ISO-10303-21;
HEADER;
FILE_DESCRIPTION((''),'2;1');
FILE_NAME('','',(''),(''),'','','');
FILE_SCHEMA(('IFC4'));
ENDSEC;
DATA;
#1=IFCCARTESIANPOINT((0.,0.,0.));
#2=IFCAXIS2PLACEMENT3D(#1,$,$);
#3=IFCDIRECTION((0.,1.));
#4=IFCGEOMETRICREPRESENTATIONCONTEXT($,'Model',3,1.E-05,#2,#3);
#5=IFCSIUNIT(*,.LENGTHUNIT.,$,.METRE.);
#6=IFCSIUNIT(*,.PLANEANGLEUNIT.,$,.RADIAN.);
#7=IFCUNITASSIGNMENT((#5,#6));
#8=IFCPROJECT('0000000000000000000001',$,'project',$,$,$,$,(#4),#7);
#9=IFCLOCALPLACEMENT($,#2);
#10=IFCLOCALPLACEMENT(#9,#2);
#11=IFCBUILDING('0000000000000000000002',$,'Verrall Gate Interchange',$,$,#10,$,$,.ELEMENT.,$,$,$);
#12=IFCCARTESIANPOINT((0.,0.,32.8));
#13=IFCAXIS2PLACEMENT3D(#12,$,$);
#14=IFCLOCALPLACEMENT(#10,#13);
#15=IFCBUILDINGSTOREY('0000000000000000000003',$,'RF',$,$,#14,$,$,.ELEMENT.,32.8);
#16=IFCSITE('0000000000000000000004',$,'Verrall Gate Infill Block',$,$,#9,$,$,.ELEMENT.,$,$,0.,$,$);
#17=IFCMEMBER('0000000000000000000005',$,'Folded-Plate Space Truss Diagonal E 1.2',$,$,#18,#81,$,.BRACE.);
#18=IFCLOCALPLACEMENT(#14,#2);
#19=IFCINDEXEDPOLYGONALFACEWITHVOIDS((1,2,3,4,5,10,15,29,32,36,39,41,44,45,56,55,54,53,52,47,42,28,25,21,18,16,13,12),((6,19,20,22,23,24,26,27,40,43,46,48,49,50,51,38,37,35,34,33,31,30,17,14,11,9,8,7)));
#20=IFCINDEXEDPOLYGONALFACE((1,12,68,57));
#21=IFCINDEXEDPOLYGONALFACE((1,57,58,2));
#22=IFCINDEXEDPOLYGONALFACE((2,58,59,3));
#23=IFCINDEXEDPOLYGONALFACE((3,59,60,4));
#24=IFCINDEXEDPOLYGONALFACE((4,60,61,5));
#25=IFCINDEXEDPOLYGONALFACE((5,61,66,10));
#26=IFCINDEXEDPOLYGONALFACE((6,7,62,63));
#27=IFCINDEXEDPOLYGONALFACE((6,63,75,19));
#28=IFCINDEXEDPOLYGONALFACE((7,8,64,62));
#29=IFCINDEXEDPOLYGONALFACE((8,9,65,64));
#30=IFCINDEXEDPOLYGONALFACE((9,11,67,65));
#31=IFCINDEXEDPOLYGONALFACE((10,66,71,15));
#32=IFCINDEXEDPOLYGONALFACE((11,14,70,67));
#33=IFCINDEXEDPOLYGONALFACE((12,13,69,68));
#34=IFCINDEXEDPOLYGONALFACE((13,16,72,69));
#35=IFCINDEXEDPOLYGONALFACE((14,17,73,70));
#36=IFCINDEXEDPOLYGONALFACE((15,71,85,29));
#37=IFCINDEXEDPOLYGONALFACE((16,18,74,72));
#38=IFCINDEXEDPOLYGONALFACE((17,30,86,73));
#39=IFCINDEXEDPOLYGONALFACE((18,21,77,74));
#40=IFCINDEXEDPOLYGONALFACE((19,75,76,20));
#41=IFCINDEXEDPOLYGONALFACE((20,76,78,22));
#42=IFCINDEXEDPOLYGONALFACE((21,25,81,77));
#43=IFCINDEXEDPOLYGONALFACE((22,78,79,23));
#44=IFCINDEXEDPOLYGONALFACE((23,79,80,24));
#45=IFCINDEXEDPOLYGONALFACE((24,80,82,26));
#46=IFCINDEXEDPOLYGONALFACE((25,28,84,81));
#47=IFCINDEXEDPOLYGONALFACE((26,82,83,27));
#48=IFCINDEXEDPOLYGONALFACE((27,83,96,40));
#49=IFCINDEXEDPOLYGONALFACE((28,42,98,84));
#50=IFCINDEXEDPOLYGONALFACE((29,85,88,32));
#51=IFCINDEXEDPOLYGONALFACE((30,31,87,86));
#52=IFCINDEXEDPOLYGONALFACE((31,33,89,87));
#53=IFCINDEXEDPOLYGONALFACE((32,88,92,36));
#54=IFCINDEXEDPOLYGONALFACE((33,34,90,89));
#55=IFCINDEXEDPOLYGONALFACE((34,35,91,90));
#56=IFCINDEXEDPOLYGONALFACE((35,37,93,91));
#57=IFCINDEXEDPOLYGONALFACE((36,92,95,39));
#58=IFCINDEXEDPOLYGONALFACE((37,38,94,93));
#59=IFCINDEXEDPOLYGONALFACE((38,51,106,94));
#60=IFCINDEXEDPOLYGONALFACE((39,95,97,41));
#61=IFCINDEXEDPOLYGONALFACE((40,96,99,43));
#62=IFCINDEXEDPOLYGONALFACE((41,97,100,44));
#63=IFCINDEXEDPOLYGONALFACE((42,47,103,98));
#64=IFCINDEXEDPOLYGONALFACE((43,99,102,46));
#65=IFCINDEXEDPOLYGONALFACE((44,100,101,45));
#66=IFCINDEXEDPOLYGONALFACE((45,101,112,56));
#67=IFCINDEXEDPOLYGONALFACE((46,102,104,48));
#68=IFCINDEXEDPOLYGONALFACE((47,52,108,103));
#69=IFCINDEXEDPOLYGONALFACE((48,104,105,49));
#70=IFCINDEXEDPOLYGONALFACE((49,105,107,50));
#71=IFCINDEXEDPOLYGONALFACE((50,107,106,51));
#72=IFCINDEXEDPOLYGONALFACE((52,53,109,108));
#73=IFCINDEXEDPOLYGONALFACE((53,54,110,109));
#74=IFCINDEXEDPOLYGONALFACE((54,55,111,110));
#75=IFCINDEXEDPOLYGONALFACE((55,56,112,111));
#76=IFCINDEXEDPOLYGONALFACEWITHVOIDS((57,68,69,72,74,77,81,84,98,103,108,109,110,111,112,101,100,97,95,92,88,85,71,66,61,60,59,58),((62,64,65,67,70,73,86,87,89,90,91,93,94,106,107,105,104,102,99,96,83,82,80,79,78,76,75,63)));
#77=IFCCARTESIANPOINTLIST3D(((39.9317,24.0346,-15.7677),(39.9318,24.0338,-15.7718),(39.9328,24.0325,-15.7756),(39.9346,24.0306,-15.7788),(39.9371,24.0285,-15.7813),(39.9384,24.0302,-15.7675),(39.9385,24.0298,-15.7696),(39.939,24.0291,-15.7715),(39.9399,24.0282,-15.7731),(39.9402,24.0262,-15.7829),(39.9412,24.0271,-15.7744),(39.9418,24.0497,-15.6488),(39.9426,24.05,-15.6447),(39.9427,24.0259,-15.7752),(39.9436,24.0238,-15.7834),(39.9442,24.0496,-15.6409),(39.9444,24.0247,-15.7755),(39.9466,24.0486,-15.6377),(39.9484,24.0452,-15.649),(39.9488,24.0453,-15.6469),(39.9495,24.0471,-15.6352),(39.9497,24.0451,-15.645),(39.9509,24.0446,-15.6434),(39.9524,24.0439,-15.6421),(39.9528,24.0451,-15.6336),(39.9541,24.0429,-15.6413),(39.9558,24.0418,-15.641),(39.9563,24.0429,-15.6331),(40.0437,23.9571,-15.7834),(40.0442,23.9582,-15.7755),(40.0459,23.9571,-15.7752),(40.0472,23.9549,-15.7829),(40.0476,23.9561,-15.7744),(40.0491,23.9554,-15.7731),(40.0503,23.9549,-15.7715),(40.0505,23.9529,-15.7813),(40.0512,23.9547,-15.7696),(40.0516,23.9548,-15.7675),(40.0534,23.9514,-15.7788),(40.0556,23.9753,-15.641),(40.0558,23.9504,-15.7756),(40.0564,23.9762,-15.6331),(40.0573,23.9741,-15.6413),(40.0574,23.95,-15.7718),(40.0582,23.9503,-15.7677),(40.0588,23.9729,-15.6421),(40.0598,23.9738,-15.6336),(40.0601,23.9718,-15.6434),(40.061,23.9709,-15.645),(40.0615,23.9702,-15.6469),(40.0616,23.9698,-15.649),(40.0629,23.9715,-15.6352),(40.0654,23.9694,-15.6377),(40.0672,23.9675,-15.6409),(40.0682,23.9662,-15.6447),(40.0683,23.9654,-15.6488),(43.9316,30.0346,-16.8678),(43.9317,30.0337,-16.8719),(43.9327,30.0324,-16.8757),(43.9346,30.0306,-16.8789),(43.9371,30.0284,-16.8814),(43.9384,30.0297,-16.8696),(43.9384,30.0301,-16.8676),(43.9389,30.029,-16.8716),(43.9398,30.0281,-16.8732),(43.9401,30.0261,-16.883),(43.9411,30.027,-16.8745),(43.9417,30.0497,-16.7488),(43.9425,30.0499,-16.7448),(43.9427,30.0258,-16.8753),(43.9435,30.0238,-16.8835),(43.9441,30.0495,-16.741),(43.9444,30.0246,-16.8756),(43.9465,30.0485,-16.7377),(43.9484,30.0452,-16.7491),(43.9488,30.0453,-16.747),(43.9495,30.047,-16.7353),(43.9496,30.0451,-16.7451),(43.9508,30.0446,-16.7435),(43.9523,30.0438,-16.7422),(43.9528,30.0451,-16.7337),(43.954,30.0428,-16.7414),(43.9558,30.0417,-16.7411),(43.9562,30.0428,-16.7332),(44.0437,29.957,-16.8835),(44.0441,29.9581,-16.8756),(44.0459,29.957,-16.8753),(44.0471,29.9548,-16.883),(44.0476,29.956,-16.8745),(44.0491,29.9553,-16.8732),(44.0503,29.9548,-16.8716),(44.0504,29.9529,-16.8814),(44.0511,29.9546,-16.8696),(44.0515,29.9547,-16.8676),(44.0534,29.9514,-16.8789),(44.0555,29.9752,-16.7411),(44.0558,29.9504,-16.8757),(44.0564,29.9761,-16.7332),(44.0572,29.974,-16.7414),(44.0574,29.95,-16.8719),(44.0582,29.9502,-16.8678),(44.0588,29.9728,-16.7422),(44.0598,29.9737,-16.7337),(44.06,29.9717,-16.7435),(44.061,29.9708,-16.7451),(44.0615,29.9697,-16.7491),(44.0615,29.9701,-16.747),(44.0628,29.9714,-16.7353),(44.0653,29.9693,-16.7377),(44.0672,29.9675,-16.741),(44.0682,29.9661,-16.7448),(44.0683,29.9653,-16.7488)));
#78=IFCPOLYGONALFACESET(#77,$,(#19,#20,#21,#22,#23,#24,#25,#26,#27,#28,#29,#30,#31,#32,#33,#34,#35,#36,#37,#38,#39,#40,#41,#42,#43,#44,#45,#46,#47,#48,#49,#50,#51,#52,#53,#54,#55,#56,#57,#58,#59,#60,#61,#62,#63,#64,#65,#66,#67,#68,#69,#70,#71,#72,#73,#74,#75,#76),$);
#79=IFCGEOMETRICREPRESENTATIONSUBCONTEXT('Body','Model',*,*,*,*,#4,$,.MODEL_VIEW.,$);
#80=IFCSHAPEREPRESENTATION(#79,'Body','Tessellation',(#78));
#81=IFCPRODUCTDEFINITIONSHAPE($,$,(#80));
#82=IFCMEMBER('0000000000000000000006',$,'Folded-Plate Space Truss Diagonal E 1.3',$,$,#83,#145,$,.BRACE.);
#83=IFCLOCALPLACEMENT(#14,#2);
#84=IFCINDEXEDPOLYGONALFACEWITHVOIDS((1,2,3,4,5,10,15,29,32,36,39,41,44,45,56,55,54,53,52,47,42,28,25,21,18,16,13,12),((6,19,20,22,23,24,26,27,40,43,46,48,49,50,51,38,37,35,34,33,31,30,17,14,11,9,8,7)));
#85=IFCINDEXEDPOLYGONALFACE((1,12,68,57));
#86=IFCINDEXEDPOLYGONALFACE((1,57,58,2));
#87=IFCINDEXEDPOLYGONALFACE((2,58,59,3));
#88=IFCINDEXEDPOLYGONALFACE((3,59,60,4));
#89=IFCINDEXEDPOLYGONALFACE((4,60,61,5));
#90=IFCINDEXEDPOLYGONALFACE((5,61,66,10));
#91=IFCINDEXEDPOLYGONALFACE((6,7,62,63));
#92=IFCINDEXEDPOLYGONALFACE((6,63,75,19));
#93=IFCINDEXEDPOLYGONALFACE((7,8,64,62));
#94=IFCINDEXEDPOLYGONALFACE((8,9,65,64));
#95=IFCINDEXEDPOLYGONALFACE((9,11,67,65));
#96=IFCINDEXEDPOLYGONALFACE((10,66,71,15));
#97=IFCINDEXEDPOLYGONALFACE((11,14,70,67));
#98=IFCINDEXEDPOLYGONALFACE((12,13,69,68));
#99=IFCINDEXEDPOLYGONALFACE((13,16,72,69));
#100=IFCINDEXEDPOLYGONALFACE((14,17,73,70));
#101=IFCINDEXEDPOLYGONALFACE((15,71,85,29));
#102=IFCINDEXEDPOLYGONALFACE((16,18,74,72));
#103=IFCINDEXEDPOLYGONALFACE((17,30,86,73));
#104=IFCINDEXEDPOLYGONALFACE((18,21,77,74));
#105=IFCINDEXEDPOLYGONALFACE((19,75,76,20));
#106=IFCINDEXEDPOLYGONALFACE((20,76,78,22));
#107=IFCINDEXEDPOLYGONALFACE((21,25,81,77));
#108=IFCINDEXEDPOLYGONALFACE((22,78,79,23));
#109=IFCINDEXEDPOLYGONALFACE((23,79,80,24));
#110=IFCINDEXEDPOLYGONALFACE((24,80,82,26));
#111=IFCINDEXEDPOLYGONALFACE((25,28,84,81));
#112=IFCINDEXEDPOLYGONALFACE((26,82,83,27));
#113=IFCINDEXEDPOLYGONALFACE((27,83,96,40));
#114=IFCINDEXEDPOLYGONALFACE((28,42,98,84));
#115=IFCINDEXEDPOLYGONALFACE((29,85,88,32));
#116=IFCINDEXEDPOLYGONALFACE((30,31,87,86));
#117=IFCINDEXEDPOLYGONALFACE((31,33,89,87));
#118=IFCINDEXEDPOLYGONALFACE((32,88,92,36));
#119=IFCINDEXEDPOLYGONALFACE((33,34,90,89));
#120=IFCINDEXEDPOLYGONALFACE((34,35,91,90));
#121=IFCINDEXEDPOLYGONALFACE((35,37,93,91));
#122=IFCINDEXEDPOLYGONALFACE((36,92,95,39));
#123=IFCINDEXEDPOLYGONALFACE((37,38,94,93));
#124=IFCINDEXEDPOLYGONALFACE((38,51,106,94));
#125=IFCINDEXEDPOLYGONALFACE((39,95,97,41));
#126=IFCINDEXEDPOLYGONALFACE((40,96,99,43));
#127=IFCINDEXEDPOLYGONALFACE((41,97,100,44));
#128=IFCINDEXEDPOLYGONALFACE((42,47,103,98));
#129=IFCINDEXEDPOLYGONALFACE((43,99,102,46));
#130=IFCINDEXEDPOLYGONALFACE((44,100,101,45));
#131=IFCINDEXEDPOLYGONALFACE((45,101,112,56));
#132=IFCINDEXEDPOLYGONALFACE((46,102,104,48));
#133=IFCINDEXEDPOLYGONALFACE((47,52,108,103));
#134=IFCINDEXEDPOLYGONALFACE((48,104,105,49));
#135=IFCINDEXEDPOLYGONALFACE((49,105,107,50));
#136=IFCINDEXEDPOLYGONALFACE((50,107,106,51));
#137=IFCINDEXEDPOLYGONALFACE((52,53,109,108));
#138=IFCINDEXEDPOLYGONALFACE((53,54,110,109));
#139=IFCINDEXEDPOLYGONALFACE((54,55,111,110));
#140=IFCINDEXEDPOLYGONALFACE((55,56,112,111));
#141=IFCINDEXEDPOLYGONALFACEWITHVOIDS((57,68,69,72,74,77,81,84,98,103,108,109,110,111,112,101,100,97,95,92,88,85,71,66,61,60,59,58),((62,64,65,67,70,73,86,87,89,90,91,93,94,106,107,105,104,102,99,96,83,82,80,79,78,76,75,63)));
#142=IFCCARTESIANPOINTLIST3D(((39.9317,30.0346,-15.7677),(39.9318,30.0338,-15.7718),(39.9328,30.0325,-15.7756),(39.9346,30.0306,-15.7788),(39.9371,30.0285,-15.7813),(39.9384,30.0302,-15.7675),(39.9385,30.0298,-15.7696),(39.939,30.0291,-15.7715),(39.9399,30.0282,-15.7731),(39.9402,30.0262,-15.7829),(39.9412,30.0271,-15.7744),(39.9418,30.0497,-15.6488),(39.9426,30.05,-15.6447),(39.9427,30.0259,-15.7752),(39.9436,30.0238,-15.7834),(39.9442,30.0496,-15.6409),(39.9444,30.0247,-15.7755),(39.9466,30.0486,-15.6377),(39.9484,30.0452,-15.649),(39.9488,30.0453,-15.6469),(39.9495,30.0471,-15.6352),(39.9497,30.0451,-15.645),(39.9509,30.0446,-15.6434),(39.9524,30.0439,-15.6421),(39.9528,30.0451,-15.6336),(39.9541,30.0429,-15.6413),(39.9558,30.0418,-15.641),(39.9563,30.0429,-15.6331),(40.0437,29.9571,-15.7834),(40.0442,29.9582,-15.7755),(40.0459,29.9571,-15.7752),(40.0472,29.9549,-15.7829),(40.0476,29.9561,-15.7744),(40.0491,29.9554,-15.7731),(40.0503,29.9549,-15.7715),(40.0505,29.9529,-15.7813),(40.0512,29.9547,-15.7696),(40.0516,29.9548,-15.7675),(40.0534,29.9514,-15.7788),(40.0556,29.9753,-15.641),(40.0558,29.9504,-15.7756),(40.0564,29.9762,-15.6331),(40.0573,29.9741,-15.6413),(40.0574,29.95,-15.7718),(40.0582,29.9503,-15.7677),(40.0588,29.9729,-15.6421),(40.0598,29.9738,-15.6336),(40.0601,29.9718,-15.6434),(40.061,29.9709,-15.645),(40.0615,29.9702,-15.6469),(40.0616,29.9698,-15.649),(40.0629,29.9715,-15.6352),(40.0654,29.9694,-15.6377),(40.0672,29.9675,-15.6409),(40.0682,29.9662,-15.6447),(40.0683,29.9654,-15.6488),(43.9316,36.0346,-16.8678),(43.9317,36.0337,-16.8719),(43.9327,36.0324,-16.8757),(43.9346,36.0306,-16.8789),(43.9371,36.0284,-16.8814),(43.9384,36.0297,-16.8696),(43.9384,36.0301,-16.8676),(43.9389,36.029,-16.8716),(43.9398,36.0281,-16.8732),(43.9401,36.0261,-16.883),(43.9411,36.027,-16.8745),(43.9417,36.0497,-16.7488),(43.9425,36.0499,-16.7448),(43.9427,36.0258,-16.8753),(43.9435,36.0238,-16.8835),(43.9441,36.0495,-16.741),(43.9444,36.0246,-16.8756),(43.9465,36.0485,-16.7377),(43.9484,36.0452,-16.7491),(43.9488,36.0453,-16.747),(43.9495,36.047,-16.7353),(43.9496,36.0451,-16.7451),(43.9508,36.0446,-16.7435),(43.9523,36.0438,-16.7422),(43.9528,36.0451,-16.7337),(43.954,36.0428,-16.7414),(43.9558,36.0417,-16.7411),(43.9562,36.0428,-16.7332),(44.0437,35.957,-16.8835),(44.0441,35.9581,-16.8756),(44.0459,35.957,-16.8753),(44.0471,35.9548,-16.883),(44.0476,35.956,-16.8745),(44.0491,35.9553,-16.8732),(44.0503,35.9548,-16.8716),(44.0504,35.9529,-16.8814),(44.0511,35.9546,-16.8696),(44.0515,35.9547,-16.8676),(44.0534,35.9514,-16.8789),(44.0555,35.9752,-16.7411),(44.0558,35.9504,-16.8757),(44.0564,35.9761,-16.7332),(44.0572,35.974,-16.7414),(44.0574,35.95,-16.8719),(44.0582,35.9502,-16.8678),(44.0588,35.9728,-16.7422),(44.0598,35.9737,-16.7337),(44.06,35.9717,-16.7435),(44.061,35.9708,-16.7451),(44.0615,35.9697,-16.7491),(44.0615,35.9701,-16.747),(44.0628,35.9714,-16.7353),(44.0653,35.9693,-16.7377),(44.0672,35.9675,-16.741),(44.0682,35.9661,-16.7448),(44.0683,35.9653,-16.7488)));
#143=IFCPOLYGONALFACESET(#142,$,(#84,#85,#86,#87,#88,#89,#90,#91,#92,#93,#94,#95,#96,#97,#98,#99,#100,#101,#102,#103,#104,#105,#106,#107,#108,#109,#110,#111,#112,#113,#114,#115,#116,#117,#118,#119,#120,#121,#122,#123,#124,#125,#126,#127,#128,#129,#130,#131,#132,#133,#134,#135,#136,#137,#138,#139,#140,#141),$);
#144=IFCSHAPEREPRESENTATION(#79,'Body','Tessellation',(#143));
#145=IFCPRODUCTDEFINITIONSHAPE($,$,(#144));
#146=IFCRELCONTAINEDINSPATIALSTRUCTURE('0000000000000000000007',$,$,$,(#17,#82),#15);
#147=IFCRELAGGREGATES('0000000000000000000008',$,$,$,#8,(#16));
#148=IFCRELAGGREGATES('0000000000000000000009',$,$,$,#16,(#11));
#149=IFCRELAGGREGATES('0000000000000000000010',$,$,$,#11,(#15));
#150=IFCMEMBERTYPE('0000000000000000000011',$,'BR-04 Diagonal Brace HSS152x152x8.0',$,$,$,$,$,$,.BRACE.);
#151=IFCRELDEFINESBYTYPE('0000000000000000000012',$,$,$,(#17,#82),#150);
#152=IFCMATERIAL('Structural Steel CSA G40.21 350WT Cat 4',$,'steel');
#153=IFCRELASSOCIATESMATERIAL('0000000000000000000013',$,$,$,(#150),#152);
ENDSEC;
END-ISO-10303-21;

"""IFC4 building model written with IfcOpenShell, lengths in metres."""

from ifc_helpers import new_model, si_unit, direction, frame, origin, origin_2d, place, context, subcontext, project, spatial, hollow_rectangle, extrude, material, material_profile, profile_set, type_object, element, save


model = new_model("IFC4")

# Units and contexts
model_context = context("Model", 3, precision=1e-05, world=origin(), true_north=direction((0.0, 1.0)))
body_context = subcontext(model_context, "Body", "Model", "MODEL_VIEW")
ifc_project = project(units=[si_unit("LENGTHUNIT", "METRE"), si_unit("PLANEANGLEUNIT", "RADIAN")], contexts=[model_context])

# Site, building, storey
site_placement = place(None, origin())
site = spatial("IfcSite", under=ifc_project, at=site_placement, Name="Verrall Gate Infill Block", CompositionType="ELEMENT", RefElevation=0.0)
building_placement = place(site_placement, origin())
building = spatial("IfcBuilding", under=site, at=building_placement, Name="Verrall Gate Interchange", CompositionType="ELEMENT")
storey_placement = place(building_placement, frame((0.0, 0.0, 32.8)))
storey = spatial("IfcBuildingStorey", under=building, at=storey_placement, Name="RF", CompositionType="ELEMENT", Elevation=32.8)

# Members
ifc_material_1 = material(Name="Structural Steel CSA G40.21 350WT Cat 4", Category="steel")
ifc_material_profile_1 = material_profile(ifc_material_1, hollow_rectangle(XDim=0.1521, YDim=0.1521, WallThickness=0.0081, InnerFilletRadius=0.0081, OuterFilletRadius=0.0159, at=origin_2d()), Name="HSS152x152x8.0")
ifc_profile_set_1 = profile_set([ifc_material_profile_1], Name="Structural Steel CSA G40.21 350WT Cat 4")
member_type_1 = type_object("IfcMemberType", Name="BR-04 Diagonal Brace HSS152x152x8.0", PredefinedType="BRACE", material=ifc_profile_set_1)
for number, where, z_axis, x_axis, name in (
    (1, (40.0, 24.0, -15.7083), (0.548356, 0.822534, -0.150811), (-0.83205, 0.5547, 0.0), "Folded-Plate Space Truss Diagonal E 1.2"),
    (2, (40.0, 30.0, -15.7083), (0.548356, 0.822534, -0.150811), (-0.83205, 0.5547, 0.0), "Folded-Plate Space Truss Diagonal E 1.3"),
):
    element("IfcMember", number, at=place(storey_placement, frame(where, z_axis=z_axis, x_axis=x_axis)), inside=storey, type_object=member_type_1, Name=name, PredefinedType="BRACE", context=body_context, shape_type="SweptSolid", body=[
        extrude(hollow_rectangle(XDim=0.1521, YDim=0.1521, WallThickness=0.0081, InnerFilletRadius=0.0081, OuterFilletRadius=0.0159, at=origin_2d()), origin(), (0.0, 0.0, 1.0), 7.2944),
    ])

save(model, "model.ifc")
